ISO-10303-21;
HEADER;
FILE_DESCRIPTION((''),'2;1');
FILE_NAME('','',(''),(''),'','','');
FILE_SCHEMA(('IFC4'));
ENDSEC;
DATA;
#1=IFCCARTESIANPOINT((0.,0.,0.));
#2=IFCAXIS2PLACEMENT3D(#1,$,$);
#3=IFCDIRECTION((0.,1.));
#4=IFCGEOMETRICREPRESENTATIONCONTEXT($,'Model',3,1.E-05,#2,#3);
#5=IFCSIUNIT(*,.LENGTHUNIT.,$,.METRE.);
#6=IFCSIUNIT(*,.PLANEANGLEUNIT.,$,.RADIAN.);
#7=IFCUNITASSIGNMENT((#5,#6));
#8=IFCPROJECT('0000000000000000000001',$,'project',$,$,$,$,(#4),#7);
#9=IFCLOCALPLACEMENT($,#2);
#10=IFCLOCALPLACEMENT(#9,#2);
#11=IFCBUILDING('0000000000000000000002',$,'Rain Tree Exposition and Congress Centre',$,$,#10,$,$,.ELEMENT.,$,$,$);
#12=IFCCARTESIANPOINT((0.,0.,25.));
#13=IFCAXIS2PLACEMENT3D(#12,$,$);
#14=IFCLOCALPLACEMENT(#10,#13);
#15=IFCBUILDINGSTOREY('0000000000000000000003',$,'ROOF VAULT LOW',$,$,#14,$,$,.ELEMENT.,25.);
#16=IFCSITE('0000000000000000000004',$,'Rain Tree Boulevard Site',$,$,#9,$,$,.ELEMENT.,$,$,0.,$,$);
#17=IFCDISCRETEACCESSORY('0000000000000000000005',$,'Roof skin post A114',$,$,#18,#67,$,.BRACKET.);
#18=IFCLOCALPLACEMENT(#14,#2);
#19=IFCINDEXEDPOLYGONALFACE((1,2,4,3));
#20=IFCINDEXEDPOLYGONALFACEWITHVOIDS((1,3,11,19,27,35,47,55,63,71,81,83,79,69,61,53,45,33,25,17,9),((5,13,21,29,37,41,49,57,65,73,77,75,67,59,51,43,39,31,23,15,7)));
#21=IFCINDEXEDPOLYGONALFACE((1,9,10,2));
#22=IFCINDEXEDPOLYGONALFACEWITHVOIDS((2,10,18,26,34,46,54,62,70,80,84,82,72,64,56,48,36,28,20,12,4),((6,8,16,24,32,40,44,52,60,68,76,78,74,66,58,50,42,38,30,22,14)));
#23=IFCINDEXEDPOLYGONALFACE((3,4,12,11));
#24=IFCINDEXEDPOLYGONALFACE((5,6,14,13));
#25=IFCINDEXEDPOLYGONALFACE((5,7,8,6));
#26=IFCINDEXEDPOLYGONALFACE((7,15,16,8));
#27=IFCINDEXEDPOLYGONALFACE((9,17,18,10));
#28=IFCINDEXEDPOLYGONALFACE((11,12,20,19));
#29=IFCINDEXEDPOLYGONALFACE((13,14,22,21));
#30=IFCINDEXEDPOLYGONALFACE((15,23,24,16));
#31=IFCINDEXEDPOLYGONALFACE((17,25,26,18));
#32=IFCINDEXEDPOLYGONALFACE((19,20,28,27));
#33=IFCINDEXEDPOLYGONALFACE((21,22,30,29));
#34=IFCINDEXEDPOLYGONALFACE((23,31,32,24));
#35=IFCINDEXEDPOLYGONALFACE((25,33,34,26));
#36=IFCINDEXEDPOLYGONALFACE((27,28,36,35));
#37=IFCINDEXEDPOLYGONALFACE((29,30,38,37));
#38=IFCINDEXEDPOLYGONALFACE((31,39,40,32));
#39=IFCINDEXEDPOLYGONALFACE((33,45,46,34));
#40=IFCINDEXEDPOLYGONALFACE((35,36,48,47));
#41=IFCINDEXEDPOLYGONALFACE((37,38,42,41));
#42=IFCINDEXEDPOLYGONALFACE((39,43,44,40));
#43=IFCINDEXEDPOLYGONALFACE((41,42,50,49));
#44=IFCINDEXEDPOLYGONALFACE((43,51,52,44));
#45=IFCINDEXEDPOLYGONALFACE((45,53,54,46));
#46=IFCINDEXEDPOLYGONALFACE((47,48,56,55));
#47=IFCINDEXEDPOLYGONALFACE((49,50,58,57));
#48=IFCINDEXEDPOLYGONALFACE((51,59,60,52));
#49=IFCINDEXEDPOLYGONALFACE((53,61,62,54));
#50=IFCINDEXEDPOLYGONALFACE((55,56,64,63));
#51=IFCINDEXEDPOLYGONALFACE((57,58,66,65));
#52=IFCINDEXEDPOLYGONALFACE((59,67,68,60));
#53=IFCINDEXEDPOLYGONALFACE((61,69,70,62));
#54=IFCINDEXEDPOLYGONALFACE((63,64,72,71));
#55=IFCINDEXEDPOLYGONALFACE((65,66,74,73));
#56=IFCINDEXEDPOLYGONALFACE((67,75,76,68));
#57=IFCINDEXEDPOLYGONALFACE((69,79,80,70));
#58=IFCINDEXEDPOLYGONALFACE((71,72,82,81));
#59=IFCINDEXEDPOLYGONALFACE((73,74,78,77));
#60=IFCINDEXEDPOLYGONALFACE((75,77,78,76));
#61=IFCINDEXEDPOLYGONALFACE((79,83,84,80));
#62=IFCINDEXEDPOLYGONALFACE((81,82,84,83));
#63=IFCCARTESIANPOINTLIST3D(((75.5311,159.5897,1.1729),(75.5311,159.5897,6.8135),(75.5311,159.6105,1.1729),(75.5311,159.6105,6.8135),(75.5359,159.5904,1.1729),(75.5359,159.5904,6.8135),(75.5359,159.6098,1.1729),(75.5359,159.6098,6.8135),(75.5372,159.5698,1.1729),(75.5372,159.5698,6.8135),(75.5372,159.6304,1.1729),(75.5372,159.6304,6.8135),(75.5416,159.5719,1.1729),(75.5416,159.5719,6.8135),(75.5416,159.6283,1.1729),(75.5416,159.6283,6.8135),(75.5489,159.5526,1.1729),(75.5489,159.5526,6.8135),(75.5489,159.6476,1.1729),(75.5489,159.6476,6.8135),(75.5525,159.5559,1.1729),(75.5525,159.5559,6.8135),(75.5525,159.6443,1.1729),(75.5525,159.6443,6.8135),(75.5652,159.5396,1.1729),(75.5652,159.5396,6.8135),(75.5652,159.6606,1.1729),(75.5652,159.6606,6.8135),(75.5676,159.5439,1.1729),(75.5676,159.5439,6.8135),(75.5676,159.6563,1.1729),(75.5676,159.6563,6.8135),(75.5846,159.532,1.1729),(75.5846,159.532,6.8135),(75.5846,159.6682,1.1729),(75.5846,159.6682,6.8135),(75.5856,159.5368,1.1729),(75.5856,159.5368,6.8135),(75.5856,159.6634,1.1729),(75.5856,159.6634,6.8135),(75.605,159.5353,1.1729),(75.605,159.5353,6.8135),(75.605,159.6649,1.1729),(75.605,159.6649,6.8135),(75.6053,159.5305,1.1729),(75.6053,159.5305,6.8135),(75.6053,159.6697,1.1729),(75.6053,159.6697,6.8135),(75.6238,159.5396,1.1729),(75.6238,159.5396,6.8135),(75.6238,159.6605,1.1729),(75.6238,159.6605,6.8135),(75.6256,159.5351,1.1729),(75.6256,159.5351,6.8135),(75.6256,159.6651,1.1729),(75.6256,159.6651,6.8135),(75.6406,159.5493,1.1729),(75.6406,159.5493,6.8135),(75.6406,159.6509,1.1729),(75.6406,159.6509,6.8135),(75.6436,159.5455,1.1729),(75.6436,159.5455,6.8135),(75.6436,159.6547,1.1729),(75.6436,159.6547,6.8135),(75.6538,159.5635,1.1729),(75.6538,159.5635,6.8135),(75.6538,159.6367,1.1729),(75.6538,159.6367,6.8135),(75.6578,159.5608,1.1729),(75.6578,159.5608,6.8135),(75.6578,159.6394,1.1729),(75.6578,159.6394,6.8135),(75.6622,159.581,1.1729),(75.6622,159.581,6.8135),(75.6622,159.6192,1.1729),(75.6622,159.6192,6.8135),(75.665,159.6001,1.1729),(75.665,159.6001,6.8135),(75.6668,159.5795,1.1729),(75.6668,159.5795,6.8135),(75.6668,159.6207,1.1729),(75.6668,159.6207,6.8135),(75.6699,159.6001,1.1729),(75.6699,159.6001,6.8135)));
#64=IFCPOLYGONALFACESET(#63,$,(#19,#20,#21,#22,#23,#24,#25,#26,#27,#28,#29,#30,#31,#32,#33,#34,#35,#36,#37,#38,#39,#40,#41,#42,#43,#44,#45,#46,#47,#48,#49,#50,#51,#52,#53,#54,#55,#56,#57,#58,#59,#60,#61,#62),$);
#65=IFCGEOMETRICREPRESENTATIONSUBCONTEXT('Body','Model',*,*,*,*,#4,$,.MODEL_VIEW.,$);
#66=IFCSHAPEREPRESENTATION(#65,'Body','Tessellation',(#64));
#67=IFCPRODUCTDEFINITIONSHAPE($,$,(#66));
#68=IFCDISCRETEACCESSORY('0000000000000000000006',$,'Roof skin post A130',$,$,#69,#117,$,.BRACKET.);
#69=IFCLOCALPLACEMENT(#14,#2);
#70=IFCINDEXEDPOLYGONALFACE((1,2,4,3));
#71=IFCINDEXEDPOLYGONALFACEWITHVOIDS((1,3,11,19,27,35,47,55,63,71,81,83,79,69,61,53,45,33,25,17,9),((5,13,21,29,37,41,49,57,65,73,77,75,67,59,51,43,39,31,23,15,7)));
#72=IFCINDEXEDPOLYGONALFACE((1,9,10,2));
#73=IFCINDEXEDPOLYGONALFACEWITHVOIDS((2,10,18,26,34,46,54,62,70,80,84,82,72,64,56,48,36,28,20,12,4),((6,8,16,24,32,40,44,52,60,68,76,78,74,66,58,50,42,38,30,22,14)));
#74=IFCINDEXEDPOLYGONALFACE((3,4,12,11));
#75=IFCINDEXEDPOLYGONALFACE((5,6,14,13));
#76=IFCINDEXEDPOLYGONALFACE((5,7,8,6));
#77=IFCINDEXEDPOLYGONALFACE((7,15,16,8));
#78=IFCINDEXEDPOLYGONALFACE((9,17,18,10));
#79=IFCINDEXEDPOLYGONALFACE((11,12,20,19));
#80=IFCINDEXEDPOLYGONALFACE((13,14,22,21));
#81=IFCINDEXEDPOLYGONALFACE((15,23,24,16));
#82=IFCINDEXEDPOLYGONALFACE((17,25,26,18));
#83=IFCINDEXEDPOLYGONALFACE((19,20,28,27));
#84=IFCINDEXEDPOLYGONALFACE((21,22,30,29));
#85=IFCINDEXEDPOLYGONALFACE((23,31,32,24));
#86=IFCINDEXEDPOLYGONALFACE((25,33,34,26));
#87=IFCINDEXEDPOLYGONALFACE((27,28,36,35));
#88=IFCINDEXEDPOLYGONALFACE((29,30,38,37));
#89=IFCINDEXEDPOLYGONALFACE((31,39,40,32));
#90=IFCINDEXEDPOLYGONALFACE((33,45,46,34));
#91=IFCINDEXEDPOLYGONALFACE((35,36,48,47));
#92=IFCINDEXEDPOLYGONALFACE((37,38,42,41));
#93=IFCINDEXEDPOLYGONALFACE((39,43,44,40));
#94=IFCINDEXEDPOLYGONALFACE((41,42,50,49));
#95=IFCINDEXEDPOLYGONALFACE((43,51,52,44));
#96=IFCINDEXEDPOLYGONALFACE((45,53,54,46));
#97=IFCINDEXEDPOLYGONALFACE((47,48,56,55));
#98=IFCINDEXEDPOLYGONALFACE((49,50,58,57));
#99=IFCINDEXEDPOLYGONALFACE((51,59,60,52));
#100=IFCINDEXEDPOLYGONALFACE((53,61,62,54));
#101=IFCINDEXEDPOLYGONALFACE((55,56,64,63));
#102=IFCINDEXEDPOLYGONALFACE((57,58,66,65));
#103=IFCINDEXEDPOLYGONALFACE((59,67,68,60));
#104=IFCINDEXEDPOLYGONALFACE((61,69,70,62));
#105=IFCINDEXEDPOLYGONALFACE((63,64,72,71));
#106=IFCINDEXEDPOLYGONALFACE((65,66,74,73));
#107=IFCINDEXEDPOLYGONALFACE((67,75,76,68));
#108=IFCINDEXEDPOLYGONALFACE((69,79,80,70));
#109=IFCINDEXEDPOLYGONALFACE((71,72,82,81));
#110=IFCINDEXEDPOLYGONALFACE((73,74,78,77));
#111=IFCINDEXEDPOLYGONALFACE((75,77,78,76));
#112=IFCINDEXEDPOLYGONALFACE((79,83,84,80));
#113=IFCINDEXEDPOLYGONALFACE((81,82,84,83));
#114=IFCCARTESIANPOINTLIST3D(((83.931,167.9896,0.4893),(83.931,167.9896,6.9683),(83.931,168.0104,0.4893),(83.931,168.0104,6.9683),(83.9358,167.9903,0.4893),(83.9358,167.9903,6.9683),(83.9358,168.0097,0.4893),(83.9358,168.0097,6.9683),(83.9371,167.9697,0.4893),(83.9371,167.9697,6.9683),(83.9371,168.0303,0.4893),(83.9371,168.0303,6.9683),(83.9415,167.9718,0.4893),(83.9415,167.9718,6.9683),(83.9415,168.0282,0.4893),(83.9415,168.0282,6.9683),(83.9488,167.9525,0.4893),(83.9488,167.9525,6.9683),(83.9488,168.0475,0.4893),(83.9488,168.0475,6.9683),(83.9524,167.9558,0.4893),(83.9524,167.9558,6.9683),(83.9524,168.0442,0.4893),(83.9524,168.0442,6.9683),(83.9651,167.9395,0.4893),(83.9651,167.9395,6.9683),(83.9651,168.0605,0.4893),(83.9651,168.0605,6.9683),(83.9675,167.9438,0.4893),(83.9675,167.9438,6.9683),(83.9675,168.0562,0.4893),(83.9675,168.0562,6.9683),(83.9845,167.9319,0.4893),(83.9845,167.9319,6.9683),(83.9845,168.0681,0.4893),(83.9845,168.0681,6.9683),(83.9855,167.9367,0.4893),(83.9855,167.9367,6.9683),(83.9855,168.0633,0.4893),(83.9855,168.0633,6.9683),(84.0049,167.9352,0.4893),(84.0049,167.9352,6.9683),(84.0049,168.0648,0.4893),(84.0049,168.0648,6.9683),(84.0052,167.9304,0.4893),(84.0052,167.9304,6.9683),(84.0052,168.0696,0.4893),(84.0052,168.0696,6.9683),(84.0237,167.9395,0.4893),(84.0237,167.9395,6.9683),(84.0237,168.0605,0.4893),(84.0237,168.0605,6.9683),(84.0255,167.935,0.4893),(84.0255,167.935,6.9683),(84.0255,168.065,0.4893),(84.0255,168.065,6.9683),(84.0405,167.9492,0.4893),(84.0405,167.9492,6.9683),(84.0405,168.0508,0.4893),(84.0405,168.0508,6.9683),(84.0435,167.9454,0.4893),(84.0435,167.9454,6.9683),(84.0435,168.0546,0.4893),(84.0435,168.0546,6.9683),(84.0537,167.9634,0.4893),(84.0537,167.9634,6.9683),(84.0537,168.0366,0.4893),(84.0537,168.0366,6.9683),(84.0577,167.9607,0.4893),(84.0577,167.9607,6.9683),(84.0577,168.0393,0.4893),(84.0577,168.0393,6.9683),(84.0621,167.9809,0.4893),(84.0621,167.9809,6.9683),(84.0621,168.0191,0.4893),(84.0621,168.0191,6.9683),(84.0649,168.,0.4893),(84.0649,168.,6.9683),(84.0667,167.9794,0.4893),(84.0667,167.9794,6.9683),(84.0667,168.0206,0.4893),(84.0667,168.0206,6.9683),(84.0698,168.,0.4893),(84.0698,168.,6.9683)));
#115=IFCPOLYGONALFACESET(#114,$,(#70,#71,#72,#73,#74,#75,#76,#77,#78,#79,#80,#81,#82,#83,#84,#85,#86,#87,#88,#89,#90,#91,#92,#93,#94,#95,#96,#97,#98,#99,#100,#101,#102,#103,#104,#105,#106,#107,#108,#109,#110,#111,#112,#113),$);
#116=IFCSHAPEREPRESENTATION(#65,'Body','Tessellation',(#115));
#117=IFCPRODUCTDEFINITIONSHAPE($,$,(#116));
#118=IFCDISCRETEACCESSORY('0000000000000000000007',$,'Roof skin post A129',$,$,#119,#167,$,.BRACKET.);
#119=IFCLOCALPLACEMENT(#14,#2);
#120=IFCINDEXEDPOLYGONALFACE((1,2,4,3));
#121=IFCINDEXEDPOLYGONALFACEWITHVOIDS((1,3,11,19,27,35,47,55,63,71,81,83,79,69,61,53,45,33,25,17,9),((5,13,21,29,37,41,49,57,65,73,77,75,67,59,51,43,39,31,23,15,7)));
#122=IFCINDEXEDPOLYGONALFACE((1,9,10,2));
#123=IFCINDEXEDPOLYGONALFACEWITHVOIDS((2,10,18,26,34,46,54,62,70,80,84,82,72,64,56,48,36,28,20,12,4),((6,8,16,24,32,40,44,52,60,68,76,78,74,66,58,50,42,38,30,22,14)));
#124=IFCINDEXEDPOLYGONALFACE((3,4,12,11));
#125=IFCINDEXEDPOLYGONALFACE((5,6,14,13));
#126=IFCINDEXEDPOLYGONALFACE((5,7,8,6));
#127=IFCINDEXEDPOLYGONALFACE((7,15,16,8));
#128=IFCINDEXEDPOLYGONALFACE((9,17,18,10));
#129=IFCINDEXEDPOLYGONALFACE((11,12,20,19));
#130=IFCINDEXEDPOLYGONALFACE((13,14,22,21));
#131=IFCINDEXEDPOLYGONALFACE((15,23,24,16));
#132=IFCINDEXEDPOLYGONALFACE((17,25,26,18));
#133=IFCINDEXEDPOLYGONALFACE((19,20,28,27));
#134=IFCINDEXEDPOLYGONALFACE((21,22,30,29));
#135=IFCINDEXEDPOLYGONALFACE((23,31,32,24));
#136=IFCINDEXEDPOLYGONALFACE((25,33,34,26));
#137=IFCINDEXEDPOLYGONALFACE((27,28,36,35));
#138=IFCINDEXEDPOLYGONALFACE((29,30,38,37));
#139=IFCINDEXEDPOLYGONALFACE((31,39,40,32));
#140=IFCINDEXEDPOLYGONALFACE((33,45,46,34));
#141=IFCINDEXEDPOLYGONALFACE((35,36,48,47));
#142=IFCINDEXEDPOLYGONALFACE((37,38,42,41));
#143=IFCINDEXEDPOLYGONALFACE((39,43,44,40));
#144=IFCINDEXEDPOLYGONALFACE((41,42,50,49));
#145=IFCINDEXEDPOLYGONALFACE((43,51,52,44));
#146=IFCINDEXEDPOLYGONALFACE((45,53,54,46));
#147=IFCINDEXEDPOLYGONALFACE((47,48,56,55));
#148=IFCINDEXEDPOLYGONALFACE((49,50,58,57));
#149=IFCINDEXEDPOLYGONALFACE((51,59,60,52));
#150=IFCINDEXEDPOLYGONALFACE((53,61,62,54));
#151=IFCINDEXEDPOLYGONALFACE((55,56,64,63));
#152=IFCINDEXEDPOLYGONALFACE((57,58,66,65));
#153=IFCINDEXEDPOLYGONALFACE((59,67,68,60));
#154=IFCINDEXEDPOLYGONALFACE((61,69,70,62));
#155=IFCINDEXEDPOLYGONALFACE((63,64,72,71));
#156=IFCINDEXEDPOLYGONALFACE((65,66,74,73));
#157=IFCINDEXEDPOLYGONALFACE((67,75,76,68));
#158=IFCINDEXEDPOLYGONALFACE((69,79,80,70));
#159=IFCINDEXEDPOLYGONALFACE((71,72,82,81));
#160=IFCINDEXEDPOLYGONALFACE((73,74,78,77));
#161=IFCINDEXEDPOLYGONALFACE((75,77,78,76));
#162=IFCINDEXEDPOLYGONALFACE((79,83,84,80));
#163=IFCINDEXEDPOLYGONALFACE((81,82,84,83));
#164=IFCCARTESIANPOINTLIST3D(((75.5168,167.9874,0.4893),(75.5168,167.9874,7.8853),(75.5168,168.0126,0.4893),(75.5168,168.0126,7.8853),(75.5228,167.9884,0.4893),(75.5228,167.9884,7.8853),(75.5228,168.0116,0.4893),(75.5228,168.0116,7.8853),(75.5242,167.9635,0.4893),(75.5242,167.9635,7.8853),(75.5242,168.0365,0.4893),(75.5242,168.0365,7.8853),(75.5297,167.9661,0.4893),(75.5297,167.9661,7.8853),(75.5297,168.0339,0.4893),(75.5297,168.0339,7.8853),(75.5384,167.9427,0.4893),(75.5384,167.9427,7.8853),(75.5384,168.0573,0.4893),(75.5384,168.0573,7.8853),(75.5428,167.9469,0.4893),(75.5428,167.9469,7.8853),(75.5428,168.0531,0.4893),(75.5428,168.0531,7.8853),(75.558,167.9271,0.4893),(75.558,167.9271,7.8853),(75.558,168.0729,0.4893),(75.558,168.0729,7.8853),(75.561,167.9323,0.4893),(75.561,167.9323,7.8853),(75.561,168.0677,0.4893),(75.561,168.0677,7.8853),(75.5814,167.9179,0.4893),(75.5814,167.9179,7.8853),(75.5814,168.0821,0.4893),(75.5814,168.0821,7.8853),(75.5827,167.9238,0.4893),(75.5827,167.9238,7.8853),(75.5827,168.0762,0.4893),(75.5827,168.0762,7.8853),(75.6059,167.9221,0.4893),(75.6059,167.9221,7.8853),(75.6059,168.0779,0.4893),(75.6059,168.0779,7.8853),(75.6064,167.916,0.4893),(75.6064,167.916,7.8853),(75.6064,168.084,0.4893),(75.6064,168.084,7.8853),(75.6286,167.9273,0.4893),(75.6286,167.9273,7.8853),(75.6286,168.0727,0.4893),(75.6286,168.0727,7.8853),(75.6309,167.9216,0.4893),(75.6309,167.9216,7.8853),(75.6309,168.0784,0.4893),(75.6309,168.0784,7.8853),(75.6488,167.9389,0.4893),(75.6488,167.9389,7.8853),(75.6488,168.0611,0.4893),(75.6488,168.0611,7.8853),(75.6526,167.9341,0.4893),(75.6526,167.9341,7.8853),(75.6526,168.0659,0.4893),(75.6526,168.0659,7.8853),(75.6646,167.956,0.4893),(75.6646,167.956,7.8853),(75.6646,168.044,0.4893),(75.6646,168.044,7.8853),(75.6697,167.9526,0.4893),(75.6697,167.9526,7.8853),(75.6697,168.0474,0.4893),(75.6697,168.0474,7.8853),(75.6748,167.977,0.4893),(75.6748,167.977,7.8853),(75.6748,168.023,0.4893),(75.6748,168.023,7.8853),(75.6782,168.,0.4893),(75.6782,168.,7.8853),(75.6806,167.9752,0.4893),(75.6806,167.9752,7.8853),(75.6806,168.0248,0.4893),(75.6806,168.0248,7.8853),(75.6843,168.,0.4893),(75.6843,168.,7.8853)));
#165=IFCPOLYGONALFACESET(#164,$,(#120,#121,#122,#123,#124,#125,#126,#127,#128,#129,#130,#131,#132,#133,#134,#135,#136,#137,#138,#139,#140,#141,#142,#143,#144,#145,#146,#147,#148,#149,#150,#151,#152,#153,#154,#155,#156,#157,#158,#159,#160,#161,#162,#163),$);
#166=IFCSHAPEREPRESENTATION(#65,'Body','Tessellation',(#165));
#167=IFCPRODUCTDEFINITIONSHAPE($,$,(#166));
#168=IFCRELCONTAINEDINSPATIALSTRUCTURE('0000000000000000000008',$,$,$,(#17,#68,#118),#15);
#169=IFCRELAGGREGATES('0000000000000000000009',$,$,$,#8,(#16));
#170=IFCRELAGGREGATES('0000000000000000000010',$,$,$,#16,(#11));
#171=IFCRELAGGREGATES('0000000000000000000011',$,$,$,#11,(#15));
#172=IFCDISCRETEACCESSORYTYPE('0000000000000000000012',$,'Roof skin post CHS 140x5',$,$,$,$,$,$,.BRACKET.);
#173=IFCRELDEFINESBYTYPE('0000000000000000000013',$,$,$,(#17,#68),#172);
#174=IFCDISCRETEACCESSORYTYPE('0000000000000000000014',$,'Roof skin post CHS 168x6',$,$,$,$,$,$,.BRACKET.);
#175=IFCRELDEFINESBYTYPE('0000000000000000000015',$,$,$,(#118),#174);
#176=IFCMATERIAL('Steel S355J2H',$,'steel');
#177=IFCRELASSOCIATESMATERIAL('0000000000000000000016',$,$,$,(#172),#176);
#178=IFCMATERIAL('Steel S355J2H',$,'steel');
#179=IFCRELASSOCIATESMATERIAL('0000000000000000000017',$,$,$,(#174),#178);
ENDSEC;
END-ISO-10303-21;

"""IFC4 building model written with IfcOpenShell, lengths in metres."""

from ifc_helpers import new_model, si_unit, direction, frame, origin, origin_2d, place, context, subcontext, project, spatial, hollow_circle, extrude, material, material_profile, profile_set, type_object, element, save


model = new_model("IFC4")

# Units and contexts
model_context = context("Model", 3, precision=1e-05, world=origin(), true_north=direction((0.0, 1.0)))
body_context = subcontext(model_context, "Body", "Model", "MODEL_VIEW")
ifc_project = project(units=[si_unit("LENGTHUNIT", "METRE"), si_unit("PLANEANGLEUNIT", "RADIAN")], contexts=[model_context])

# Site, building, storey
site_placement = place(None, origin())
site = spatial("IfcSite", under=ifc_project, at=site_placement, Name="Rain Tree Boulevard Site", CompositionType="ELEMENT", RefElevation=0.0)
building_placement = place(site_placement, origin())
building = spatial("IfcBuilding", under=site, at=building_placement, Name="Rain Tree Exposition and Congress Centre", CompositionType="ELEMENT")
storey_placement = place(building_placement, frame((0.0, 0.0, 25.0)))
storey = spatial("IfcBuildingStorey", under=building, at=storey_placement, Name="ROOF VAULT LOW", CompositionType="ELEMENT", Elevation=25.0)

# Discrete accessories
ifc_material_1 = material(Name="Steel S355J2H", Category="steel")
ifc_material_profile_1 = material_profile(ifc_material_1, hollow_circle(Radius=0.0698, WallThickness=0.0049, at=origin_2d()), Name="CHS 140x5")
ifc_profile_set_1 = profile_set([ifc_material_profile_1], Name="Steel S355J2H")
discrete_accessory_type_1 = type_object("IfcDiscreteAccessoryType", Name="Roof skin post CHS 140x5", PredefinedType="BRACKET", material=ifc_profile_set_1)
discrete_accessory_1_placement = place(storey_placement, frame((75.6001, 159.6001, 1.1729), z_axis=(0.0, 0.0, 1.0), x_axis=(1.0, 0.0, 0.0)))
element("IfcDiscreteAccessory", 1, at=discrete_accessory_1_placement, inside=storey, type_object=discrete_accessory_type_1, Name="Roof skin post A114", PredefinedType="BRACKET", context=body_context, shape_type="SweptSolid", body=[
    extrude(hollow_circle(Radius=0.0698, WallThickness=0.0049, at=origin_2d()), origin(), (0.0, 0.0, 1.0), 5.6406),
])
discrete_accessory_2_placement = place(storey_placement, frame((84.0, 168.0, 0.4893), z_axis=(0.0, 0.0, 1.0), x_axis=(1.0, 0.0, 0.0)))
element("IfcDiscreteAccessory", 2, at=discrete_accessory_2_placement, inside=storey, type_object=discrete_accessory_type_1, Name="Roof skin post A130", PredefinedType="BRACKET", context=body_context, shape_type="SweptSolid", body=[
    extrude(hollow_circle(Radius=0.0698, WallThickness=0.0049, at=origin_2d()), origin(), (0.0, 0.0, 1.0), 6.479),
])
ifc_material_2 = material(Name="Steel S355J2H", Category="steel")
ifc_material_profile_2 = material_profile(ifc_material_2, hollow_circle(Radius=0.0842, WallThickness=0.0061, at=origin_2d()), Name="CHS 168x6")
ifc_profile_set_2 = profile_set([ifc_material_profile_2], Name="Steel S355J2H")
discrete_accessory_type_2 = type_object("IfcDiscreteAccessoryType", Name="Roof skin post CHS 168x6", PredefinedType="BRACKET", material=ifc_profile_set_2)
discrete_accessory_3_placement = place(storey_placement, frame((75.6001, 168.0, 0.4893), z_axis=(0.0, 0.0, 1.0), x_axis=(1.0, 0.0, 0.0)))
element("IfcDiscreteAccessory", 3, at=discrete_accessory_3_placement, inside=storey, type_object=discrete_accessory_type_2, Name="Roof skin post A129", PredefinedType="BRACKET", context=body_context, shape_type="SweptSolid", body=[
    extrude(hollow_circle(Radius=0.0842, WallThickness=0.0061, at=origin_2d()), origin(), (0.0, 0.0, 1.0), 7.396),
])

save(model, "model.ifc")
